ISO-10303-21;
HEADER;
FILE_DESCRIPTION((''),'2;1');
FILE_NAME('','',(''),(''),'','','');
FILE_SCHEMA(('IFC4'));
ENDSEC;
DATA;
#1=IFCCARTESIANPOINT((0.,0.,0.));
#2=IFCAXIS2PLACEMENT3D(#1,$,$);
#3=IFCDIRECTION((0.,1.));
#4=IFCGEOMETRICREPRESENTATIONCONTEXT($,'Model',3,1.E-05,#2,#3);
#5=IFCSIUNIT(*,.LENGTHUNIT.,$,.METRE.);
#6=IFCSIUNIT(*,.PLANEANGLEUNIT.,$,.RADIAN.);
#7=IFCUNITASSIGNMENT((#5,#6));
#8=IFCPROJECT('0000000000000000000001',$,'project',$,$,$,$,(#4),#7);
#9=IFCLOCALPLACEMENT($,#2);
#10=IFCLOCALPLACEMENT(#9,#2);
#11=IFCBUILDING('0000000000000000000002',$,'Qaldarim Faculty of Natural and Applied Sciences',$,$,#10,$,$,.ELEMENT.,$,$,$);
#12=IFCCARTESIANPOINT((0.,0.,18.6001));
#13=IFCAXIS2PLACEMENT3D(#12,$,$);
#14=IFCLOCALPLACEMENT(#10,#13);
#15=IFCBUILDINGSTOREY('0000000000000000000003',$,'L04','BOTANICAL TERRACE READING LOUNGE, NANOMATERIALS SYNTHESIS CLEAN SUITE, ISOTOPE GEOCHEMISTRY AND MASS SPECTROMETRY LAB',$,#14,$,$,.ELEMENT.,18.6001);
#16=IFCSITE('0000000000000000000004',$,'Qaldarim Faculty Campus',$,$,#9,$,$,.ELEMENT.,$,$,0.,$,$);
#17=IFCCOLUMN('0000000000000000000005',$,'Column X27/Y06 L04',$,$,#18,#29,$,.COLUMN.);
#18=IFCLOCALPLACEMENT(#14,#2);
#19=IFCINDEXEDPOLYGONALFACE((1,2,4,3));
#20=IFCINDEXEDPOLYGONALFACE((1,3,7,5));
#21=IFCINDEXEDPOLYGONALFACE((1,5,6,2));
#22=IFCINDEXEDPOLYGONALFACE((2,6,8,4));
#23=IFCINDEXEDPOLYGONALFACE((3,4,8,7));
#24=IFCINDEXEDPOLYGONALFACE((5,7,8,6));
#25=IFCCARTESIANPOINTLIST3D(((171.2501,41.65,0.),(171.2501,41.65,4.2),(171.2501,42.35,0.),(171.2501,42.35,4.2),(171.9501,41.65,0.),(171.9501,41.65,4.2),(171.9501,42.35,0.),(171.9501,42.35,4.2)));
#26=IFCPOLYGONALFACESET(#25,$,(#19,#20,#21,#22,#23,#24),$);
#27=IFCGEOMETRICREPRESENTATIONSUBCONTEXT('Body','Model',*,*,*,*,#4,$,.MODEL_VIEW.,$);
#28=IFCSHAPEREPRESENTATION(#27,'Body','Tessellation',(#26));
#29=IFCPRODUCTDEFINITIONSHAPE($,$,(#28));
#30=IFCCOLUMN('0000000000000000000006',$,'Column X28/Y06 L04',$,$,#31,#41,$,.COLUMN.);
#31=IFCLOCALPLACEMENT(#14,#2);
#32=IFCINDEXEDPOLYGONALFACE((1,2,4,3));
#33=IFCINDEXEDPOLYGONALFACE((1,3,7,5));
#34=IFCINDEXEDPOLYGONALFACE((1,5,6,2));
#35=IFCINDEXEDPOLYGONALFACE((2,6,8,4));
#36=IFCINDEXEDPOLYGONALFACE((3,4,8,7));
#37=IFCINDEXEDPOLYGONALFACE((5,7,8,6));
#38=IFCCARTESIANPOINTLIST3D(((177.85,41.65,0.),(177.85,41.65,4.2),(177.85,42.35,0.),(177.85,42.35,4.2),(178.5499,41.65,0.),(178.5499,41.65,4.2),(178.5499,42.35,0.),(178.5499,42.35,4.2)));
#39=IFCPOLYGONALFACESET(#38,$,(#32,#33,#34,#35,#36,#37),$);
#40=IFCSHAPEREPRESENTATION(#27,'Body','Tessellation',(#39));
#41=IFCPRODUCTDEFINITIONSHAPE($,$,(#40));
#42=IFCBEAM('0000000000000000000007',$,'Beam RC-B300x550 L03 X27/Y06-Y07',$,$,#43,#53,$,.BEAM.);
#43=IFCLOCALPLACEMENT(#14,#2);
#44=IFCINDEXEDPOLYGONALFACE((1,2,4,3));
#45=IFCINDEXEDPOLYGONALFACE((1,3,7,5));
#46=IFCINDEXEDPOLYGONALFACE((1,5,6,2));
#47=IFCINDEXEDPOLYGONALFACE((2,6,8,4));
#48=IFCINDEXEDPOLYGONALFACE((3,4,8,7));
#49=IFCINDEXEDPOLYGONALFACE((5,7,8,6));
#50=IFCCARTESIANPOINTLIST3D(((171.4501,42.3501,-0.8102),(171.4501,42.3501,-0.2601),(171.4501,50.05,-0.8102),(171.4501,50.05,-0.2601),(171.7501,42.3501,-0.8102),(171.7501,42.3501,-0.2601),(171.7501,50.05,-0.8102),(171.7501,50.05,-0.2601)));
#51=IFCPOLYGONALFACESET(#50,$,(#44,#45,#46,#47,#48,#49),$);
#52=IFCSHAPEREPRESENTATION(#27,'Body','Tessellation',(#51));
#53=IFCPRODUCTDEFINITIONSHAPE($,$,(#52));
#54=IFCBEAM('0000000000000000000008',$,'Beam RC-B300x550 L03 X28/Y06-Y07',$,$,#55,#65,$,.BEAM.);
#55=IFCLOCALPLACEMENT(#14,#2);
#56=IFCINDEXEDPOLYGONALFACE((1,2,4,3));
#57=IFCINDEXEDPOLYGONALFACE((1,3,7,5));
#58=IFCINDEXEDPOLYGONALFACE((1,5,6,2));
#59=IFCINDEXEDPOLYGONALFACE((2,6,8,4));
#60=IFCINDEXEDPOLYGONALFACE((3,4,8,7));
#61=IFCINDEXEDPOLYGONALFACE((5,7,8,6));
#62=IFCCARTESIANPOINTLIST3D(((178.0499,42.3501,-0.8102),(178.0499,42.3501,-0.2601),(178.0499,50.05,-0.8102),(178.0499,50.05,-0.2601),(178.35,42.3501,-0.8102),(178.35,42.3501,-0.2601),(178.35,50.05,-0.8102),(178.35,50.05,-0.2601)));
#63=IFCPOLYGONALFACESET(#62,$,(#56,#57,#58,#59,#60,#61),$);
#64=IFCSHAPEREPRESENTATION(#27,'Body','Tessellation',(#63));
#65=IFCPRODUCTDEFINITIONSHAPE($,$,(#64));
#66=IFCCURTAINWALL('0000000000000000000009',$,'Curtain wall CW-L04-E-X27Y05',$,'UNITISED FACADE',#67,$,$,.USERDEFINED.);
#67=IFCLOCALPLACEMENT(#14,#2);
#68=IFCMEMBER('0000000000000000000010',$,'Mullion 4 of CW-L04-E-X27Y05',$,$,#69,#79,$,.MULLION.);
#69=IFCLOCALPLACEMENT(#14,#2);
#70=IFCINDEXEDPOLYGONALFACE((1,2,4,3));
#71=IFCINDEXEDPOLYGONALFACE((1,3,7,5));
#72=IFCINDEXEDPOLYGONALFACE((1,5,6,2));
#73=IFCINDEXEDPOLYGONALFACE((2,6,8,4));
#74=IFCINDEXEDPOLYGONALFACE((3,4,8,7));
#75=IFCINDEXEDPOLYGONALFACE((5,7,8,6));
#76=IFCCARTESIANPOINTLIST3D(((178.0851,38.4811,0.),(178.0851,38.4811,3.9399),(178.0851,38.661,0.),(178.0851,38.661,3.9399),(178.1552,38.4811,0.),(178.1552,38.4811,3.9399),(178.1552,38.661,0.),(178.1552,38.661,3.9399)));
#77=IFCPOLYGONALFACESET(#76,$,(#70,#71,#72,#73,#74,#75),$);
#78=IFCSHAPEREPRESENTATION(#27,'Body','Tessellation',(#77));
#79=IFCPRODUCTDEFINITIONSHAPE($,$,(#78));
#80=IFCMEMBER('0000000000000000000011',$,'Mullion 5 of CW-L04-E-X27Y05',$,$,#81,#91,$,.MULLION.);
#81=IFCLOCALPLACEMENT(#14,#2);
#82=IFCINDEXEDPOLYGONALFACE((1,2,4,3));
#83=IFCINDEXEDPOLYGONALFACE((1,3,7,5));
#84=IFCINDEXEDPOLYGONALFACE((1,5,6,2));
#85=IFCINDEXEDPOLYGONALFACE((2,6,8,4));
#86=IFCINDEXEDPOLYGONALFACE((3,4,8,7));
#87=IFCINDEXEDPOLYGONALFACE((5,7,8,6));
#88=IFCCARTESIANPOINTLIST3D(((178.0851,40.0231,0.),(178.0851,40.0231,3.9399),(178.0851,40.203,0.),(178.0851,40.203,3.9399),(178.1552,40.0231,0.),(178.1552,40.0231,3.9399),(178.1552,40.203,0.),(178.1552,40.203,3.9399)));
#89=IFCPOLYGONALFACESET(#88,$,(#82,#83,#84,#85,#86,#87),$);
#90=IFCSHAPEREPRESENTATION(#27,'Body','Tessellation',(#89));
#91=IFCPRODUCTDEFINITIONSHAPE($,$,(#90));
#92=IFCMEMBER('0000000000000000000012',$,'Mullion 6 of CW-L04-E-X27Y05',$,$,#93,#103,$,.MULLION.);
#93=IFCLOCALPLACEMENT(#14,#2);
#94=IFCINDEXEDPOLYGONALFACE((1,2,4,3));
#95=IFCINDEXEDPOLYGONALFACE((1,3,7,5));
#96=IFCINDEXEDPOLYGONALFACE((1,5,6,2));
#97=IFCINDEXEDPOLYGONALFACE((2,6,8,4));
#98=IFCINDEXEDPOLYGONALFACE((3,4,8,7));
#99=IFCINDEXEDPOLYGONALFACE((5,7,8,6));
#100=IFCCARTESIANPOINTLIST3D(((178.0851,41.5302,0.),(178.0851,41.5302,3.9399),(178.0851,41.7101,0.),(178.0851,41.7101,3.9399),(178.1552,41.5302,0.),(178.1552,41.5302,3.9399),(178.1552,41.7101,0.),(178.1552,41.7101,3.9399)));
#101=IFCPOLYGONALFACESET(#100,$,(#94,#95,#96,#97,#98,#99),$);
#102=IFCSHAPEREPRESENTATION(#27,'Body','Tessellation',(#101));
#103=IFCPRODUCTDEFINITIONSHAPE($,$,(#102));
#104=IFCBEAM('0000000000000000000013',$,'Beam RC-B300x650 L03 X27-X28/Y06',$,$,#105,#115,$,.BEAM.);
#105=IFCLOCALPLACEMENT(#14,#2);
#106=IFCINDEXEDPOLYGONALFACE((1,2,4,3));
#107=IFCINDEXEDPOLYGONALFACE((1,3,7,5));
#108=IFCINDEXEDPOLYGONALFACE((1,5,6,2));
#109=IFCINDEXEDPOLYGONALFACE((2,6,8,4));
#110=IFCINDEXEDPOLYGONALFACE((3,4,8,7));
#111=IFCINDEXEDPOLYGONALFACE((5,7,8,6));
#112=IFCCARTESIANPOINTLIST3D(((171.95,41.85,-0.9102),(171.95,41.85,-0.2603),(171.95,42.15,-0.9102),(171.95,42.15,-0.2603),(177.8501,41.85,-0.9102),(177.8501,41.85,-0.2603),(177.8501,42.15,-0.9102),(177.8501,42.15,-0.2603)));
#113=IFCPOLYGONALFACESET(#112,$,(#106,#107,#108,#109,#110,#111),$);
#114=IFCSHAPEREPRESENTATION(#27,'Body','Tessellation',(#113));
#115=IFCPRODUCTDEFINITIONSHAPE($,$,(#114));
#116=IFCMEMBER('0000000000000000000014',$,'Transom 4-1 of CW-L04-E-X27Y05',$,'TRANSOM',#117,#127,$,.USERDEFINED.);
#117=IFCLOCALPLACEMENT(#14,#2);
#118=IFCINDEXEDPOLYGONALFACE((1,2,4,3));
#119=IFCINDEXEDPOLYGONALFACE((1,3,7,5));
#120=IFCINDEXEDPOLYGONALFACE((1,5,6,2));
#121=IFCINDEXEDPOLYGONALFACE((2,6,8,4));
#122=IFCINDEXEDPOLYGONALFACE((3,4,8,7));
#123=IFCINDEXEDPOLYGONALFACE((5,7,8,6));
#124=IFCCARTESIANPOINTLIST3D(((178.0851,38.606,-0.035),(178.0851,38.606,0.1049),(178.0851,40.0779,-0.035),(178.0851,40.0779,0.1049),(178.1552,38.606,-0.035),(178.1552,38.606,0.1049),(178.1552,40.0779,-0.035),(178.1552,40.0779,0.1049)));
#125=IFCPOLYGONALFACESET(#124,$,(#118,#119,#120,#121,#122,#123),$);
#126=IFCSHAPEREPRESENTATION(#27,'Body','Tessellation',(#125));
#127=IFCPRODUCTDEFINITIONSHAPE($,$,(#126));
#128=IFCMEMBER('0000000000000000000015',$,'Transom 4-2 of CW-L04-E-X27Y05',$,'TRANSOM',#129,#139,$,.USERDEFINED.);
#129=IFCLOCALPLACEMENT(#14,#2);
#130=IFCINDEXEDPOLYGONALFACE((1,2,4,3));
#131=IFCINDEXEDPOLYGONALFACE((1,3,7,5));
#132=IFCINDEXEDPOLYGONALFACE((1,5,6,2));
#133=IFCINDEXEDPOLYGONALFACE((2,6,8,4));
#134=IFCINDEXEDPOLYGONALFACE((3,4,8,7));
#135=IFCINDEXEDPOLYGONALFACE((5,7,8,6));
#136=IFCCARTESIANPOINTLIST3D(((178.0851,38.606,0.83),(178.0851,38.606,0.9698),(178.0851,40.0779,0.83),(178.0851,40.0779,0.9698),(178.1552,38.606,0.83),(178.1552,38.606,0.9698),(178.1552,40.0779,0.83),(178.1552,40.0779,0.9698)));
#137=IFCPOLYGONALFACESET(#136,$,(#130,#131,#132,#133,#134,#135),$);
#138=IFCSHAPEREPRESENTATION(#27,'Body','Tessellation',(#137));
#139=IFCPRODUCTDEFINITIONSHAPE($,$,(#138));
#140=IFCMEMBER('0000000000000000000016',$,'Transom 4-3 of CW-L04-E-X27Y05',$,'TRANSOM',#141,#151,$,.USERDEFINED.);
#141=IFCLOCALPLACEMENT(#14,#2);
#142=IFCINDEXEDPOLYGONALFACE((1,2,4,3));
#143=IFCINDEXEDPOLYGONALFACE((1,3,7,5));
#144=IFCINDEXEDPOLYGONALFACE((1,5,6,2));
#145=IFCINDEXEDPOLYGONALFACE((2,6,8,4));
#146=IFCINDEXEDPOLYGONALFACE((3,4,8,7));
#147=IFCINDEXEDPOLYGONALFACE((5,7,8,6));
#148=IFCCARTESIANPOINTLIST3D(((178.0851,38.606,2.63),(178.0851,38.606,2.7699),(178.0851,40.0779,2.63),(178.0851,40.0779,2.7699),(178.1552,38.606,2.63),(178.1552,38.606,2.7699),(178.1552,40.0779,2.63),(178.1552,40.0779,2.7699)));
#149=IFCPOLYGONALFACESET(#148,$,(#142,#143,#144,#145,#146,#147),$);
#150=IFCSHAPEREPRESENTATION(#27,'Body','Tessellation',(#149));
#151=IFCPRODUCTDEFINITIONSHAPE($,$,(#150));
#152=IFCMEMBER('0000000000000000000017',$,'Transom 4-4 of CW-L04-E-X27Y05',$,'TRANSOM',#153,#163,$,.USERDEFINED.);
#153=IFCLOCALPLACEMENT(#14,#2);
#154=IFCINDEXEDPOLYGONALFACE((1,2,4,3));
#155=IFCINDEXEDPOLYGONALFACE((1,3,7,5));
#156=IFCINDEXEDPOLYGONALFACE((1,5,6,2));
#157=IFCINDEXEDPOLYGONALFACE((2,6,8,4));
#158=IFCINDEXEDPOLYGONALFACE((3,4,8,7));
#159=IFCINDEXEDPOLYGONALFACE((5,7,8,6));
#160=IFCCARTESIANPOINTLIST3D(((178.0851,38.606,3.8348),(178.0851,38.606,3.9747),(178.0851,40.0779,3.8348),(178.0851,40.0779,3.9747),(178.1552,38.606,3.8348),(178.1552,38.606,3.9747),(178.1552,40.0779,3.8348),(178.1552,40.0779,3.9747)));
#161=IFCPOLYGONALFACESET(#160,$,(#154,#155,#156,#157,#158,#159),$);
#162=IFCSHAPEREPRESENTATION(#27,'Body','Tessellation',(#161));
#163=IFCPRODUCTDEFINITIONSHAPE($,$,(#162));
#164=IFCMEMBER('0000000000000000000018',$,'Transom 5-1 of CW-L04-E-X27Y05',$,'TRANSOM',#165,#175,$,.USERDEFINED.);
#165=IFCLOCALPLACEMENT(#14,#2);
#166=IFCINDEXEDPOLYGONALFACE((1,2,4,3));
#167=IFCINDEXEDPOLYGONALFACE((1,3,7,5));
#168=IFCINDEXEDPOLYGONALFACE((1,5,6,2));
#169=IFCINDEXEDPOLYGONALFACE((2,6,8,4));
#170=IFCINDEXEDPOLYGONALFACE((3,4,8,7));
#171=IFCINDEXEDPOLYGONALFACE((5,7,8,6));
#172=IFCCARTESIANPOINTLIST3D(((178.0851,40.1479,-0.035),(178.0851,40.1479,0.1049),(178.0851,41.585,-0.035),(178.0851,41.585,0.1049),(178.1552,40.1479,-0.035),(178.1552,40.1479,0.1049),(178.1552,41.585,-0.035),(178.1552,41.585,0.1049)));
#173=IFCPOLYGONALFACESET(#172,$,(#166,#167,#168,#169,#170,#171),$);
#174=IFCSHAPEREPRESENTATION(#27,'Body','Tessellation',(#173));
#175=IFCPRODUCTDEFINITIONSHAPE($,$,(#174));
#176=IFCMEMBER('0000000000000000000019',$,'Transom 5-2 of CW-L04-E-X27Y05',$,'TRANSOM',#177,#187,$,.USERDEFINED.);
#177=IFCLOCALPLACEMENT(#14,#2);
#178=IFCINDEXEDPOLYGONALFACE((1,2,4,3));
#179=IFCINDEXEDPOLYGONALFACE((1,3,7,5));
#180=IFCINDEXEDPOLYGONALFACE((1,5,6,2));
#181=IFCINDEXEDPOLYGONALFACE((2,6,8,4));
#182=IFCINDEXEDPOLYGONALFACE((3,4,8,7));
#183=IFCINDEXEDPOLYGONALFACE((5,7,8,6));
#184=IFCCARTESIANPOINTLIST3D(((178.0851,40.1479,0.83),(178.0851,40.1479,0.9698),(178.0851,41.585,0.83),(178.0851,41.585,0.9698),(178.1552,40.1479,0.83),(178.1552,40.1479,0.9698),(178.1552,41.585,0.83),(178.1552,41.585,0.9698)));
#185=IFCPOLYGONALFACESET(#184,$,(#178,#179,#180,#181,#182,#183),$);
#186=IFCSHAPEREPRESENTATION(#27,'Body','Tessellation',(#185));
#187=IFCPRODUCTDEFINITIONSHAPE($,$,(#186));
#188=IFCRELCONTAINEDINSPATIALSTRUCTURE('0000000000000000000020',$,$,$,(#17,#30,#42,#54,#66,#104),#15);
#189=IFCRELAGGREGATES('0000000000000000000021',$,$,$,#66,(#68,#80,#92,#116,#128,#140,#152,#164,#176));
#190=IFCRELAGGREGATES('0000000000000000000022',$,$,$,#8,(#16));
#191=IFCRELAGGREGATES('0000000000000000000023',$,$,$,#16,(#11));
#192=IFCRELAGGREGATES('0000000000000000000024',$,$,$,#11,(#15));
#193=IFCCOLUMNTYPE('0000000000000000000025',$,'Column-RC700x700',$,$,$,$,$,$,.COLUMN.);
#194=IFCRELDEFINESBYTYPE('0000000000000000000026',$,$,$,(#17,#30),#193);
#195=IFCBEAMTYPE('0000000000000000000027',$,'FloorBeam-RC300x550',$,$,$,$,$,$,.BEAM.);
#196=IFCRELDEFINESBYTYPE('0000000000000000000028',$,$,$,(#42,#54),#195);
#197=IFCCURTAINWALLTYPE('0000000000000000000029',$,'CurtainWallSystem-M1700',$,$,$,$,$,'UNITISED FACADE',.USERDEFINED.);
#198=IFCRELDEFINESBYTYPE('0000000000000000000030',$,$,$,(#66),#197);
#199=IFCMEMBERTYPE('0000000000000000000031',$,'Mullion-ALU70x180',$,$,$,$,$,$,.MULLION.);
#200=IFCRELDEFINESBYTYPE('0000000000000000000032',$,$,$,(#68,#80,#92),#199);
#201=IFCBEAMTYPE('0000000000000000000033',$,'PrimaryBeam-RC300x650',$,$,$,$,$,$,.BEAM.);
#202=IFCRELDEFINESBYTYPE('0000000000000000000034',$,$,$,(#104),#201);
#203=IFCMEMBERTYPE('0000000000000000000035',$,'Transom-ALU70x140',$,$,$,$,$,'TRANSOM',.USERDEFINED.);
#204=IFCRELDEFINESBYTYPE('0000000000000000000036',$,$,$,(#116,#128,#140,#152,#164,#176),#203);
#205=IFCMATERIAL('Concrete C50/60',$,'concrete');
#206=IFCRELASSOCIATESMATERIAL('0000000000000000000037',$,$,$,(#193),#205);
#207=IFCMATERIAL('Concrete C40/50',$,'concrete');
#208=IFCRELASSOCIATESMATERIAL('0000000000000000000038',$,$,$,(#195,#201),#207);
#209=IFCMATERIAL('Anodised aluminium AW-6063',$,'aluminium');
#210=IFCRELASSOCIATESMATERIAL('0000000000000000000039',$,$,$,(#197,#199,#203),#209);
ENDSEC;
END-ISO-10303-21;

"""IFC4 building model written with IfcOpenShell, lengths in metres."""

from ifc_helpers import new_model, si_unit, direction, frame, origin, origin_2d, place, context, subcontext, project, spatial, rectangle, extrude, material, material_profile, profile_set, type_object, element, aggregate, save


model = new_model("IFC4")

# Units and contexts
model_context = context("Model", 3, precision=1e-05, world=origin(), true_north=direction((0.0, 1.0)))
body_context = subcontext(model_context, "Body", "Model", "MODEL_VIEW")
ifc_project = project(units=[si_unit("LENGTHUNIT", "METRE"), si_unit("PLANEANGLEUNIT", "RADIAN")], contexts=[model_context])

# Site, building, storey
site_placement = place(None, origin())
site = spatial("IfcSite", under=ifc_project, at=site_placement, Name="Qaldarim Faculty Campus", CompositionType="ELEMENT", RefElevation=0.0)
building_placement = place(site_placement, origin())
building = spatial("IfcBuilding", under=site, at=building_placement, Name="Qaldarim Faculty of Natural and Applied Sciences", CompositionType="ELEMENT")
storey_placement = place(building_placement, frame((0.0, 0.0, 18.6001)))
storey = spatial("IfcBuildingStorey", under=building, at=storey_placement, Name="L04", Description="BOTANICAL TERRACE READING LOUNGE, NANOMATERIALS SYNTHESIS CLEAN SUITE, ISOTOPE GEOCHEMISTRY AND MASS SPECTROMETRY LAB", CompositionType="ELEMENT", Elevation=18.6001)

# Columns
ifc_material_1 = material(Name="Concrete C50/60", Category="concrete")
ifc_material_profile_1 = material_profile(ifc_material_1, rectangle(XDim=0.7, YDim=0.7, at=origin_2d()), Name="RC-C700x700")
ifc_profile_set_1 = profile_set([ifc_material_profile_1], Name="Concrete C50/60")
column_type = type_object("IfcColumnType", Name="Column-RC700x700", PredefinedType="COLUMN", material=ifc_profile_set_1)
for number, where, z_axis, x_axis, name in (
    (1, (171.6001, 42.0, 0.0), (0.0, 0.0, 1.0), (1.0, 0.0, 0.0), "Column X27/Y06 L04"),
    (2, (178.2, 42.0, 0.0), (0.0, 0.0, 1.0), (1.0, 0.0, 0.0), "Column X28/Y06 L04"),
):
    element("IfcColumn", number, at=place(storey_placement, frame(where, z_axis=z_axis, x_axis=x_axis)), inside=storey, type_object=column_type, Name=name, PredefinedType="COLUMN", context=body_context, shape_type="SweptSolid", body=[
        extrude(rectangle(XDim=0.7, YDim=0.7, at=origin_2d()), origin(), (0.0, 0.0, 1.0), 4.2),
    ])

# Beams
ifc_material_2 = material(Name="Concrete C40/50", Category="concrete")
ifc_material_profile_2 = material_profile(ifc_material_2, rectangle(XDim=0.3, YDim=0.55, at=origin_2d()), Name="RC-B300x550")
ifc_profile_set_2 = profile_set([ifc_material_profile_2], Name="Concrete C40/50")
beam_type_1 = type_object("IfcBeamType", Name="FloorBeam-RC300x550", PredefinedType="BEAM", material=ifc_profile_set_2)
for number, where, z_axis, x_axis, name in (
    (3, (171.6001, 42.3501, -0.5352), (0.0, 1.0, 0.0), (-1.0, 0.0, 0.0), "Beam RC-B300x550 L03 X27/Y06-Y07"),
    (4, (178.2, 42.3501, -0.5352), (0.0, 1.0, 0.0), (-1.0, 0.0, 0.0), "Beam RC-B300x550 L03 X28/Y06-Y07"),
):
    element("IfcBeam", number, at=place(storey_placement, frame(where, z_axis=z_axis, x_axis=x_axis)), inside=storey, type_object=beam_type_1, Name=name, PredefinedType="BEAM", context=body_context, shape_type="SweptSolid", body=[
        extrude(rectangle(XDim=0.3, YDim=0.55, at=origin_2d()), origin(), (0.0, 0.0, 1.0), 7.7),
    ])

# Curtain wall, members
ifc_material_3 = material(Name="Anodised aluminium AW-6063", Category="aluminium")
curtain_wall_type = type_object("IfcCurtainWallType", Name="CurtainWallSystem-M1700", ElementType="UNITISED FACADE", PredefinedType="USERDEFINED", material=ifc_material_3)
curtain_wall_placement = place(storey_placement, origin())
curtain_wall = element("IfcCurtainWall", 5, at=curtain_wall_placement, inside=storey, type_object=curtain_wall_type, Name="Curtain wall CW-L04-E-X27Y05", ObjectType="UNITISED FACADE", PredefinedType="USERDEFINED")
ifc_material_profile_3 = material_profile(ifc_material_3, rectangle(XDim=0.0701, YDim=0.1799, at=origin_2d()), Name="ALU-M70x180")
ifc_profile_set_3 = profile_set([ifc_material_profile_3], Name="Anodised aluminium AW-6063")
member_type_1 = type_object("IfcMemberType", Name="Mullion-ALU70x180", PredefinedType="MULLION", material=ifc_profile_set_3)
member_1_placement = place(storey_placement, frame((178.1201, 38.571, 0.0), z_axis=(0.0, 0.0, 1.0), x_axis=(-1.0, 0.0, 0.0)))
member_1 = element("IfcMember", 6, at=member_1_placement, type_object=member_type_1, Name="Mullion 4 of CW-L04-E-X27Y05", PredefinedType="MULLION", context=body_context, shape_type="SweptSolid", body=[
    extrude(rectangle(XDim=0.0701, YDim=0.1799, at=origin_2d()), origin(), (0.0, 0.0, 1.0), 3.9399),
])
member_2_placement = place(storey_placement, frame((178.1201, 40.113, 0.0), z_axis=(0.0, 0.0, 1.0), x_axis=(-1.0, 0.0, 0.0)))
member_2 = element("IfcMember", 7, at=member_2_placement, type_object=member_type_1, Name="Mullion 5 of CW-L04-E-X27Y05", PredefinedType="MULLION", context=body_context, shape_type="SweptSolid", body=[
    extrude(rectangle(XDim=0.0701, YDim=0.1799, at=origin_2d()), origin(), (0.0, 0.0, 1.0), 3.9399),
])
member_3_placement = place(storey_placement, frame((178.1201, 41.6201, 0.0), z_axis=(0.0, 0.0, 1.0), x_axis=(-1.0, 0.0, 0.0)))
member_3 = element("IfcMember", 8, at=member_3_placement, type_object=member_type_1, Name="Mullion 6 of CW-L04-E-X27Y05", PredefinedType="MULLION", context=body_context, shape_type="SweptSolid", body=[
    extrude(rectangle(XDim=0.0701, YDim=0.1799, at=origin_2d()), origin(), (0.0, 0.0, 1.0), 3.9399),
])

# Beam
ifc_material_profile_4 = material_profile(ifc_material_2, rectangle(XDim=0.3, YDim=0.6499, at=origin_2d()), Name="RC-B300x650")
ifc_profile_set_4 = profile_set([ifc_material_profile_4], Name="Concrete C40/50")
beam_type_2 = type_object("IfcBeamType", Name="PrimaryBeam-RC300x650", PredefinedType="BEAM", material=ifc_profile_set_4)
beam_placement = place(storey_placement, frame((171.95, 42.0, -0.5852), z_axis=(1.0, 0.0, 0.0), x_axis=(0.0, 1.0, 0.0)))
element("IfcBeam", 9, at=beam_placement, inside=storey, type_object=beam_type_2, Name="Beam RC-B300x650 L03 X27-X28/Y06", PredefinedType="BEAM", context=body_context, shape_type="SweptSolid", body=[
    extrude(rectangle(XDim=0.3, YDim=0.6499, at=origin_2d()), origin(), (0.0, 0.0, 1.0), 5.9001),
])

# Members
ifc_material_profile_5 = material_profile(ifc_material_3, rectangle(XDim=0.0701, YDim=0.1399, at=origin_2d()), Name="ALU-T70x140")
ifc_profile_set_5 = profile_set([ifc_material_profile_5], Name="Anodised aluminium AW-6063")
member_type_2 = type_object("IfcMemberType", Name="Transom-ALU70x140", ElementType="TRANSOM", PredefinedType="USERDEFINED", material=ifc_profile_set_5)
member_4_placement = place(storey_placement, frame((178.1201, 38.606, 0.0349), z_axis=(0.0, 1.0, 0.0), x_axis=(-1.0, 0.0, 0.0)))
member_4 = element("IfcMember", 10, at=member_4_placement, type_object=member_type_2, Name="Transom 4-1 of CW-L04-E-X27Y05", ObjectType="TRANSOM", PredefinedType="USERDEFINED", context=body_context, shape_type="SweptSolid", body=[
    extrude(rectangle(XDim=0.0701, YDim=0.1399, at=origin_2d()), origin(), (0.0, 0.0, 1.0), 1.4719),
])
member_5_placement = place(storey_placement, frame((178.1201, 38.606, 0.8999), z_axis=(0.0, 1.0, 0.0), x_axis=(-1.0, 0.0, 0.0)))
member_5 = element("IfcMember", 11, at=member_5_placement, type_object=member_type_2, Name="Transom 4-2 of CW-L04-E-X27Y05", ObjectType="TRANSOM", PredefinedType="USERDEFINED", context=body_context, shape_type="SweptSolid", body=[
    extrude(rectangle(XDim=0.0701, YDim=0.1399, at=origin_2d()), origin(), (0.0, 0.0, 1.0), 1.4719),
])
member_6_placement = place(storey_placement, frame((178.1201, 38.606, 2.7), z_axis=(0.0, 1.0, 0.0), x_axis=(-1.0, 0.0, 0.0)))
member_6 = element("IfcMember", 12, at=member_6_placement, type_object=member_type_2, Name="Transom 4-3 of CW-L04-E-X27Y05", ObjectType="TRANSOM", PredefinedType="USERDEFINED", context=body_context, shape_type="SweptSolid", body=[
    extrude(rectangle(XDim=0.0701, YDim=0.1399, at=origin_2d()), origin(), (0.0, 0.0, 1.0), 1.4719),
])
member_7_placement = place(storey_placement, frame((178.1201, 38.606, 3.9048), z_axis=(0.0, 1.0, 0.0), x_axis=(-1.0, 0.0, 0.0)))
member_7 = element("IfcMember", 13, at=member_7_placement, type_object=member_type_2, Name="Transom 4-4 of CW-L04-E-X27Y05", ObjectType="TRANSOM", PredefinedType="USERDEFINED", context=body_context, shape_type="SweptSolid", body=[
    extrude(rectangle(XDim=0.0701, YDim=0.1399, at=origin_2d()), origin(), (0.0, 0.0, 1.0), 1.4719),
])
member_8_placement = place(storey_placement, frame((178.1201, 40.1479, 0.0349), z_axis=(0.0, 1.0, 0.0), x_axis=(-1.0, 0.0, 0.0)))
member_8 = element("IfcMember", 14, at=member_8_placement, type_object=member_type_2, Name="Transom 5-1 of CW-L04-E-X27Y05", ObjectType="TRANSOM", PredefinedType="USERDEFINED", context=body_context, shape_type="SweptSolid", body=[
    extrude(rectangle(XDim=0.0701, YDim=0.1399, at=origin_2d()), origin(), (0.0, 0.0, 1.0), 1.437),
])
member_9_placement = place(storey_placement, frame((178.1201, 40.1479, 0.8999), z_axis=(0.0, 1.0, 0.0), x_axis=(-1.0, 0.0, 0.0)))
member_9 = element("IfcMember", 15, at=member_9_placement, type_object=member_type_2, Name="Transom 5-2 of CW-L04-E-X27Y05", ObjectType="TRANSOM", PredefinedType="USERDEFINED", context=body_context, shape_type="SweptSolid", body=[
    extrude(rectangle(XDim=0.0701, YDim=0.1399, at=origin_2d()), origin(), (0.0, 0.0, 1.0), 1.437),
])

aggregate(curtain_wall, [member_1, member_2, member_3, member_4, member_5, member_6, member_7, member_8, member_9])

save(model, "model.ifc")
